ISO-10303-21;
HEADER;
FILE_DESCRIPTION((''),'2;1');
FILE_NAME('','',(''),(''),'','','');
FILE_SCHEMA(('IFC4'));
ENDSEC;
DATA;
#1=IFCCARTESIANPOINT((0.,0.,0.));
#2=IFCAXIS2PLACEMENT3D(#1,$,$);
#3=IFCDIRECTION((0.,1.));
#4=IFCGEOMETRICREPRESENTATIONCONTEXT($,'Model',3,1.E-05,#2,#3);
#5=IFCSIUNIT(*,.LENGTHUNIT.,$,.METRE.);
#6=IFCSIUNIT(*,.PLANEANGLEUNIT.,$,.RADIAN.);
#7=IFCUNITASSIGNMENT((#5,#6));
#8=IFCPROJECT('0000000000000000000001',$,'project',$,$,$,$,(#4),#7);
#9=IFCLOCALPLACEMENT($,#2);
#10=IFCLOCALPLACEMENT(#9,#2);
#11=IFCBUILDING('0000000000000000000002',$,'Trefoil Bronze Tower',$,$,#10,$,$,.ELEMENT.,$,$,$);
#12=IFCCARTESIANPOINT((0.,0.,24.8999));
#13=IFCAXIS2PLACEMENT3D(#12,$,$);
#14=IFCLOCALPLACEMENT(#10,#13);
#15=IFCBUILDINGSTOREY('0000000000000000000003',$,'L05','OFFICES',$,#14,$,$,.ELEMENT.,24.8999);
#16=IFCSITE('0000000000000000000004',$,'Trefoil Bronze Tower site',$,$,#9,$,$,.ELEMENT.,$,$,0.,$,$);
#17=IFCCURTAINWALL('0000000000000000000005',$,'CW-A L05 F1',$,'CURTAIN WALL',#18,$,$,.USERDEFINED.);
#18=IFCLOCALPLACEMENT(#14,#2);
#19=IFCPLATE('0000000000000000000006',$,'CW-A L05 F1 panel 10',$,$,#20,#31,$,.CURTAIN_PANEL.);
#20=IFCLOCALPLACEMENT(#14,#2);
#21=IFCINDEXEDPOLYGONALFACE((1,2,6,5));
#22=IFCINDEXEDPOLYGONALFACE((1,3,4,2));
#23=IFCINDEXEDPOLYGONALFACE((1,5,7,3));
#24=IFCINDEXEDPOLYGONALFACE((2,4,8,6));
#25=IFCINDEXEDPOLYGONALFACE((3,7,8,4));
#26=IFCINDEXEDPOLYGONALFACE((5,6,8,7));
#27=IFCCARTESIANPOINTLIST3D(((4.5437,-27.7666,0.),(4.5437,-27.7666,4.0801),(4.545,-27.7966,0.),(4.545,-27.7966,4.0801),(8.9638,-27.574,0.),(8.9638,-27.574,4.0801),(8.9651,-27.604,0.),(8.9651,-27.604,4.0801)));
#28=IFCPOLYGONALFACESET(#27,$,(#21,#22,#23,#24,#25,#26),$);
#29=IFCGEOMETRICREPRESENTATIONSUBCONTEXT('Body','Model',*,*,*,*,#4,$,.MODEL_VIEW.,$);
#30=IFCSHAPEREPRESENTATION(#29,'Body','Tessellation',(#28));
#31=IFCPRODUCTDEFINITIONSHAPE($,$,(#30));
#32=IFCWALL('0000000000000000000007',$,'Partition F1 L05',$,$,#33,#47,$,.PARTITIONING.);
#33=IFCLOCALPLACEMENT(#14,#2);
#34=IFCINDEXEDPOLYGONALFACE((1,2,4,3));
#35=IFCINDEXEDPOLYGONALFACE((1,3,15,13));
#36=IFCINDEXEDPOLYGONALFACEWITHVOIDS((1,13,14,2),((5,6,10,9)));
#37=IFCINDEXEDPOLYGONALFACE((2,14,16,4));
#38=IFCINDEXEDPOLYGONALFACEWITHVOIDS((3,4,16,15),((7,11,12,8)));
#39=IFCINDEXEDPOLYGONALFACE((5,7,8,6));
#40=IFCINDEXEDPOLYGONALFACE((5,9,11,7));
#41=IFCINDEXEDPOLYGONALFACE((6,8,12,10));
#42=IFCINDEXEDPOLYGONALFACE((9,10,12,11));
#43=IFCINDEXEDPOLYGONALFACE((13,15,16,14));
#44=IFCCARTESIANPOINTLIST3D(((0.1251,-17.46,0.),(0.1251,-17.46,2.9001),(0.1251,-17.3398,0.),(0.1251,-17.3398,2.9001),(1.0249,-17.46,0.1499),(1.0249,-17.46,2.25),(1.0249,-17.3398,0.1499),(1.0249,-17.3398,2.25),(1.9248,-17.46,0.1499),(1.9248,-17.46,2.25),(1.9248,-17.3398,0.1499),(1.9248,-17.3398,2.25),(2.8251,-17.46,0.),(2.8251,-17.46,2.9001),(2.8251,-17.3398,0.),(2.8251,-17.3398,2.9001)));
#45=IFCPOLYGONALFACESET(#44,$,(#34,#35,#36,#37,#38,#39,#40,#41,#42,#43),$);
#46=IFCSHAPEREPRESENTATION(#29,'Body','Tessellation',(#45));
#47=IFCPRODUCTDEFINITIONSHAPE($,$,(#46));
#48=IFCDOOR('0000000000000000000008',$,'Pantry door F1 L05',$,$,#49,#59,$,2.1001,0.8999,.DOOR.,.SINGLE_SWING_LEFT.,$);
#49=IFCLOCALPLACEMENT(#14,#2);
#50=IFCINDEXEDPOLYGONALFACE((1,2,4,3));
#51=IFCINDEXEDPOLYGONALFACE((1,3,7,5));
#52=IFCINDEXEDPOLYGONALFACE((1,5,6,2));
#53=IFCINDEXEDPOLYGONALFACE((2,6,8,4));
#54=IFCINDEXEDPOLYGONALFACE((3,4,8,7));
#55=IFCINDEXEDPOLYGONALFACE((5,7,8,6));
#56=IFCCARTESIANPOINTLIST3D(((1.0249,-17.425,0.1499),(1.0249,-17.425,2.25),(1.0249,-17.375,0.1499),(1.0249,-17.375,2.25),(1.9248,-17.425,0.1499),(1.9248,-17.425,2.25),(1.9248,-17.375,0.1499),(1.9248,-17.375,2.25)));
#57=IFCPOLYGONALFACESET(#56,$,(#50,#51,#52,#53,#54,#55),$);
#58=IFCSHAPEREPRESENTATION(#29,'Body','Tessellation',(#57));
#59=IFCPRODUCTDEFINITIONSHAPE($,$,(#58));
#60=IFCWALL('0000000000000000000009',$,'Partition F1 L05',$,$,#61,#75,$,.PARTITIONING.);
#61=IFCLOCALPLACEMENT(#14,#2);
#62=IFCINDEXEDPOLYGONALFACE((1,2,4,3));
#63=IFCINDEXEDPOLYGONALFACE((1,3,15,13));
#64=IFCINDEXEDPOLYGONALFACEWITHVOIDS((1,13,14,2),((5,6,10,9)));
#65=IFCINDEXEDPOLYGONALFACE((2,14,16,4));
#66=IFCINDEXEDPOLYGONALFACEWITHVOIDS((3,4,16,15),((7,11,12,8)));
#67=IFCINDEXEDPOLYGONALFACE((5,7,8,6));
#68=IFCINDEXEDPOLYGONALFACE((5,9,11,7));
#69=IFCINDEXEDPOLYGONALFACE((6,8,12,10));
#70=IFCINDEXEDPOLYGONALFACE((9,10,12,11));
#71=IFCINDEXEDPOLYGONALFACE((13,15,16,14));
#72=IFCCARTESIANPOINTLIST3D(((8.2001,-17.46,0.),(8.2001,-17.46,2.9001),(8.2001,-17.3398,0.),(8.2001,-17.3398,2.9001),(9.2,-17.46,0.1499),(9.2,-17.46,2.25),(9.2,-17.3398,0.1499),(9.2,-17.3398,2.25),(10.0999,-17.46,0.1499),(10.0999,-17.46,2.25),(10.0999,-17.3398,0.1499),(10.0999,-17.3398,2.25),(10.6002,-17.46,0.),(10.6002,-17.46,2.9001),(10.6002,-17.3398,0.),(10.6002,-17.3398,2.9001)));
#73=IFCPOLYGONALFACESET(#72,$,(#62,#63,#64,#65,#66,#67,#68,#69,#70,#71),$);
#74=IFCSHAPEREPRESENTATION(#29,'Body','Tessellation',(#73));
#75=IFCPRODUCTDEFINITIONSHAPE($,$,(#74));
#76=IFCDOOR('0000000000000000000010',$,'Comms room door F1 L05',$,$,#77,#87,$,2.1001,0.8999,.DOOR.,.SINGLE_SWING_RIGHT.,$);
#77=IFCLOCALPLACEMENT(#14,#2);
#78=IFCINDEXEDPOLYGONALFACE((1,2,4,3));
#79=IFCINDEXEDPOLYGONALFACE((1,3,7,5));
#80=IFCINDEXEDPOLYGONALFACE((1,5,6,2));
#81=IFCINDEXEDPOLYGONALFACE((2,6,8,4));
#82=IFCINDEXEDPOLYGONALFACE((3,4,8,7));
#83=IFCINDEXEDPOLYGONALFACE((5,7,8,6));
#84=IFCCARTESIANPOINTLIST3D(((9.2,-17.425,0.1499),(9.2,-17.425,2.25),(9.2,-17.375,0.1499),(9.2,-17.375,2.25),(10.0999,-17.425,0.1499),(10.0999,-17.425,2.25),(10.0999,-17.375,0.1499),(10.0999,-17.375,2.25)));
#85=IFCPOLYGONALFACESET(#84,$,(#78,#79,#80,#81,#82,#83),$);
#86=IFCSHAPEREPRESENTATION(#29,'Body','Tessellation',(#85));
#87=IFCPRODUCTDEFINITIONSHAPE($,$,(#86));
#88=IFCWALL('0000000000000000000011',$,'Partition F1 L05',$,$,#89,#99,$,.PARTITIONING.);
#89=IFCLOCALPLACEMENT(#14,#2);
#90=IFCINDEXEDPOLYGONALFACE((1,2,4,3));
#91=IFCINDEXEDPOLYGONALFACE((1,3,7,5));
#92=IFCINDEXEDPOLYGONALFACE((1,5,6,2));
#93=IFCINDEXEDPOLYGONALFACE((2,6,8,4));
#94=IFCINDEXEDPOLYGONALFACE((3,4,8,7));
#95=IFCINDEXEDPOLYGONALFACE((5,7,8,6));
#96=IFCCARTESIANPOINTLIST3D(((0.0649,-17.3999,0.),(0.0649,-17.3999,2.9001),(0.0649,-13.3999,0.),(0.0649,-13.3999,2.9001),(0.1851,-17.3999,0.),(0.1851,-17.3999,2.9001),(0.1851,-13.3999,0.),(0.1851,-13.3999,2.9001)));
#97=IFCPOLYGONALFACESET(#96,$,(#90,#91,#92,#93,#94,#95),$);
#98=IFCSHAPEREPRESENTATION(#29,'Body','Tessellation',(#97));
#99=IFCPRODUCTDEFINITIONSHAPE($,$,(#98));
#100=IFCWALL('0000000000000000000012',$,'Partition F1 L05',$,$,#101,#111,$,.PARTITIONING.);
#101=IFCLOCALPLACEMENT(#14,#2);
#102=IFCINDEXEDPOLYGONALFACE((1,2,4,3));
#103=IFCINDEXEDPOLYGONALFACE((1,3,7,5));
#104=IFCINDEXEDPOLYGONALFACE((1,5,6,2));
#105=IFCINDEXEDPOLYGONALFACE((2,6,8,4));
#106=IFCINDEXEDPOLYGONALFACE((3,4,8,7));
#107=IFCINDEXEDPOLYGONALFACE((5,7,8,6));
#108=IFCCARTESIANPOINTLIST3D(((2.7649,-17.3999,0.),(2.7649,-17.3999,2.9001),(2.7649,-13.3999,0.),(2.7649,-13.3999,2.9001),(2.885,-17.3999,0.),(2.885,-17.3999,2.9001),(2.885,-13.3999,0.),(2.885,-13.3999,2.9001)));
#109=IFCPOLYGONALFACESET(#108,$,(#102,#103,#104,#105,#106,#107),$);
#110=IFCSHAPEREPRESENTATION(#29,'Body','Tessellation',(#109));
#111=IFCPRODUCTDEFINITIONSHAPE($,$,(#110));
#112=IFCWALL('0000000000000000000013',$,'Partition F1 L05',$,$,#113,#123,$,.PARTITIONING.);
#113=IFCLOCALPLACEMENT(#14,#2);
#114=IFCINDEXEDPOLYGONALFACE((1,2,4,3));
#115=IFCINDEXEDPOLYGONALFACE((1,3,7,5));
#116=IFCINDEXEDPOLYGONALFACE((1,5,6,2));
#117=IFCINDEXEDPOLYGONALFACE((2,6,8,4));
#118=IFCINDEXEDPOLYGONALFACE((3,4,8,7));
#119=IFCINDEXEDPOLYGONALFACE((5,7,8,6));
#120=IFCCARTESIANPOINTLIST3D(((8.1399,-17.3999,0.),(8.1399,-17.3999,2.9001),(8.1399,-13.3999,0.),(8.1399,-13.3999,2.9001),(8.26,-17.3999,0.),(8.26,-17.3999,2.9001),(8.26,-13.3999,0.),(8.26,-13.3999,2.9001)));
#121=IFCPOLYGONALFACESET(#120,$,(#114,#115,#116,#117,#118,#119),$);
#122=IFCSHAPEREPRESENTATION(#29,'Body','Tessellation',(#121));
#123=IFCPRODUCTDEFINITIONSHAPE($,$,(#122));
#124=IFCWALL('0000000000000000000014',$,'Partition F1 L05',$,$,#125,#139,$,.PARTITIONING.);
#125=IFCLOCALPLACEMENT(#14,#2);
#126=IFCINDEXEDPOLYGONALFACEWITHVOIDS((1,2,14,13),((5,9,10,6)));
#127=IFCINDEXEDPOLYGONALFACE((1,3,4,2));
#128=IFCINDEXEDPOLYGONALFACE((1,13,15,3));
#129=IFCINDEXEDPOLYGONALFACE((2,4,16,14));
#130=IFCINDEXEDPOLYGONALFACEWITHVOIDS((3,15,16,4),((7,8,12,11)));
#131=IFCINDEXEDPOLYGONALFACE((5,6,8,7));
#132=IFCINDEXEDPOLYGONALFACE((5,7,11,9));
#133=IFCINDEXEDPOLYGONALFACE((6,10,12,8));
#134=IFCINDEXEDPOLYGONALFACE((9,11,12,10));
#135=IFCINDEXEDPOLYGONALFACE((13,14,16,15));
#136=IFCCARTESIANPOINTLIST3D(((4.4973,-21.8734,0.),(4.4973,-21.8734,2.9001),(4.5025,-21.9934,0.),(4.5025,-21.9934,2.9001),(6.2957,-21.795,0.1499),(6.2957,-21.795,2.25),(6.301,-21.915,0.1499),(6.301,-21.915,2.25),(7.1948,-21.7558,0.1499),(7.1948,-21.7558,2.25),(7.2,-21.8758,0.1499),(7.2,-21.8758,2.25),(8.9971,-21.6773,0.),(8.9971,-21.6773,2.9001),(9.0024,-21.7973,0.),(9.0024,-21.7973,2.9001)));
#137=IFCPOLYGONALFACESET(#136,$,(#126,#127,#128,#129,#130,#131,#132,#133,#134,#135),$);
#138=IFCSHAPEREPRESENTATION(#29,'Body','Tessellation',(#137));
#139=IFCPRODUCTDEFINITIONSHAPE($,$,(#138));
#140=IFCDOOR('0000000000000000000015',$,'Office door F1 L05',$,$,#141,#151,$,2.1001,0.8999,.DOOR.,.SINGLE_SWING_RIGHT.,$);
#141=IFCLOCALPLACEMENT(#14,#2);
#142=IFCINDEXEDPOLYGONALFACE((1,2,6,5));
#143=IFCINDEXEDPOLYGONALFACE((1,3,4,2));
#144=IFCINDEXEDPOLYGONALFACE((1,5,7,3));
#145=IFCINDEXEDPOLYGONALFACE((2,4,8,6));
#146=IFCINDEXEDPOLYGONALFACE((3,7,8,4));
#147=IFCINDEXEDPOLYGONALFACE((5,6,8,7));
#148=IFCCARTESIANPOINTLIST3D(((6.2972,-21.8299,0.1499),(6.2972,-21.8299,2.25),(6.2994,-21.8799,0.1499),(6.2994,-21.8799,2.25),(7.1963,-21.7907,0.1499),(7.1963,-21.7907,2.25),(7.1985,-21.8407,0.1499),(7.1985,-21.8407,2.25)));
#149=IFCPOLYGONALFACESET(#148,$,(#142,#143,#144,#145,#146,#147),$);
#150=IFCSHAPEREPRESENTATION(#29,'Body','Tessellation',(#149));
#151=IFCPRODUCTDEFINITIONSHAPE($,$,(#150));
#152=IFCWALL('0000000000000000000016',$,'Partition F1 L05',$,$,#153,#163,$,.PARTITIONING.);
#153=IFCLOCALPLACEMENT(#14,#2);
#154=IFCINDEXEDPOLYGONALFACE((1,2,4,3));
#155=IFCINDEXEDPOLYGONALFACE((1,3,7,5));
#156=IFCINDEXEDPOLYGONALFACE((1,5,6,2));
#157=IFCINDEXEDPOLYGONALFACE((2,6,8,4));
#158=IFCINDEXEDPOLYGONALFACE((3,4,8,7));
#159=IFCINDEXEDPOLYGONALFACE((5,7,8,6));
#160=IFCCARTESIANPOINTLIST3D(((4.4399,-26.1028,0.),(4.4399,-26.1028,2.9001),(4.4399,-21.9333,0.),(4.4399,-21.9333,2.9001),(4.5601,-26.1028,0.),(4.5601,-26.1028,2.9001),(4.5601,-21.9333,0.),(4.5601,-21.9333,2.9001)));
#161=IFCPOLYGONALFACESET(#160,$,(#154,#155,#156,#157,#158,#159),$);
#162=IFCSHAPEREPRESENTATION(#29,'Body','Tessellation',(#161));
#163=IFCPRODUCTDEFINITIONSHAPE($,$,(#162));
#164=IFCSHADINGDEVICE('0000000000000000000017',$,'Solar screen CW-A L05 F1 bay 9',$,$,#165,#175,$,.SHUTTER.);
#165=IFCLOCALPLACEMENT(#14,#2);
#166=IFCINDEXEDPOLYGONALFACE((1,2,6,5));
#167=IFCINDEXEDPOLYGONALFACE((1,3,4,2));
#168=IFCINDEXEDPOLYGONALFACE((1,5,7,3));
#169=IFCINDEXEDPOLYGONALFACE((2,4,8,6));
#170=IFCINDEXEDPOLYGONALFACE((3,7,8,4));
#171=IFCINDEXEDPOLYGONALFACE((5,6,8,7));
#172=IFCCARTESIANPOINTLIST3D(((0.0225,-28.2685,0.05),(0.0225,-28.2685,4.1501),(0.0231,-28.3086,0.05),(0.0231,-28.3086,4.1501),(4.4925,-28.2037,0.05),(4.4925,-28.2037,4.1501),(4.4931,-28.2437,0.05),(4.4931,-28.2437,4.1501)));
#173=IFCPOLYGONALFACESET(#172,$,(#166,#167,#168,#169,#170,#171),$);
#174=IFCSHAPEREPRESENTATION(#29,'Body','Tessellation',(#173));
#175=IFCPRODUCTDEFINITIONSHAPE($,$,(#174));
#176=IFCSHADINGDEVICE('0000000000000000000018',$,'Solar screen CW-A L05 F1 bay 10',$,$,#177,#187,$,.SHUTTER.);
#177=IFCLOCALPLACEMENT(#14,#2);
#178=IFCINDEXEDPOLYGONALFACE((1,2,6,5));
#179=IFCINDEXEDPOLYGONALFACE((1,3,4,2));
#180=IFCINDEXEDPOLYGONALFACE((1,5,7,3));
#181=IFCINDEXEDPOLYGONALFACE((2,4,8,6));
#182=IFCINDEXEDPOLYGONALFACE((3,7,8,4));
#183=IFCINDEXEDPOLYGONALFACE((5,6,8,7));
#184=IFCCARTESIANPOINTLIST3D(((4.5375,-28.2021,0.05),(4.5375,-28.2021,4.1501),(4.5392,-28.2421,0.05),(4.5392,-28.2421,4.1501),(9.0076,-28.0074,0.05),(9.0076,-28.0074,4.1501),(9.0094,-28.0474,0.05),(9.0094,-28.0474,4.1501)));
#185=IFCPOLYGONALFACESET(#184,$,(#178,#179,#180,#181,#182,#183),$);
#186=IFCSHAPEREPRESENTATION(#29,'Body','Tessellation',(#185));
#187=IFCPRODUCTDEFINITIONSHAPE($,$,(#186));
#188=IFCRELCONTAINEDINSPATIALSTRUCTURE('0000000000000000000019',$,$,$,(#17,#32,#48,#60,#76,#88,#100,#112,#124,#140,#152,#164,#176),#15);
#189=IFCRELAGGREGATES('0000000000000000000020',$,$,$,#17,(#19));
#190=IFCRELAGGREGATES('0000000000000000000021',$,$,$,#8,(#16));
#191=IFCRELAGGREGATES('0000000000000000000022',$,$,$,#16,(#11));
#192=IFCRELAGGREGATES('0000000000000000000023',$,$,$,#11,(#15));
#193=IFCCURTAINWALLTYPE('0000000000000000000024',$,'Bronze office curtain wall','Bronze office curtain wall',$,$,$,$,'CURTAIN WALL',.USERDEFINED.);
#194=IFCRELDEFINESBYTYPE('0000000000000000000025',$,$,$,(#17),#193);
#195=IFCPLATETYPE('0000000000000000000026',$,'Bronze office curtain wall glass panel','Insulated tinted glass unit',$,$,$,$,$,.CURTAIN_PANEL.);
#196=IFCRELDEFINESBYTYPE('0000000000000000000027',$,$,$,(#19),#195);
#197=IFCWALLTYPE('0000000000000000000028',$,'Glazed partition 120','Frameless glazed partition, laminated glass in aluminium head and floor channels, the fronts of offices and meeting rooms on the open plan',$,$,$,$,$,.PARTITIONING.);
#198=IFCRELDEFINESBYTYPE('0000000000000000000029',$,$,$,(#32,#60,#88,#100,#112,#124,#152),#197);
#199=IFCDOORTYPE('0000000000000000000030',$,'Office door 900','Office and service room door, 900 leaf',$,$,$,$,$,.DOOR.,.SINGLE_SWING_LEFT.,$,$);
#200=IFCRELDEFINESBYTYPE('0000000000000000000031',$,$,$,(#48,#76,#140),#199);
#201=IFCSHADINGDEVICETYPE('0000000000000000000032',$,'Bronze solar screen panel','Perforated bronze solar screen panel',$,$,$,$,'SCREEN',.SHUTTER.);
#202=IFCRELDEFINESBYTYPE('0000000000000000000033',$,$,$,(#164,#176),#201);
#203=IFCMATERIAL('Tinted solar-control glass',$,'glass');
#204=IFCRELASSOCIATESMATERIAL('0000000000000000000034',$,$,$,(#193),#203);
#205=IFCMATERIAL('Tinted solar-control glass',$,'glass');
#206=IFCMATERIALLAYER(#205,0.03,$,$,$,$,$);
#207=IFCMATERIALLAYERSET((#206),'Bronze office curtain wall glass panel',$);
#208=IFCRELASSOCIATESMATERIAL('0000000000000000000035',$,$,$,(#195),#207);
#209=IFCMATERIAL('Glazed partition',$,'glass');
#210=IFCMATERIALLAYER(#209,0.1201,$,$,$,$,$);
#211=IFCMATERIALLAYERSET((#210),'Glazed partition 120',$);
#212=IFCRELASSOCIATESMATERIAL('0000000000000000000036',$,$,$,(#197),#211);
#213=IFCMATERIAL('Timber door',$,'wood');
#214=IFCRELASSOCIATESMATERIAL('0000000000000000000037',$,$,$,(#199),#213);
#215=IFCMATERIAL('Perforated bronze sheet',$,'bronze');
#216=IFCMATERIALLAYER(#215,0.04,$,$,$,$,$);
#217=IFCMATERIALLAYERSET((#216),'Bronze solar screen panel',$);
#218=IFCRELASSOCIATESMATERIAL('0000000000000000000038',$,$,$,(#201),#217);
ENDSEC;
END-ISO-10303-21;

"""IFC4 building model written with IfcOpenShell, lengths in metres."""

from ifc_helpers import new_model, si_unit, direction, frame, frame_2d, origin, origin_2d, place, context, subcontext, project, spatial, rectangle, extrude, material, layer, layer_set, type_object, element, fill, aggregate, save


model = new_model("IFC4")

# Units and contexts
model_context = context("Model", 3, precision=1e-05, world=origin(), true_north=direction((0.0, 1.0)))
body_context = subcontext(model_context, "Body", "Model", "MODEL_VIEW")
ifc_project = project(units=[si_unit("LENGTHUNIT", "METRE"), si_unit("PLANEANGLEUNIT", "RADIAN")], contexts=[model_context])

# Site, building, storey
site_placement = place(None, origin())
site = spatial("IfcSite", under=ifc_project, at=site_placement, Name="Trefoil Bronze Tower site", CompositionType="ELEMENT", RefElevation=0.0)
building_placement = place(site_placement, origin())
building = spatial("IfcBuilding", under=site, at=building_placement, Name="Trefoil Bronze Tower", CompositionType="ELEMENT")
storey_placement = place(building_placement, frame((0.0, 0.0, 24.8999)))
storey = spatial("IfcBuildingStorey", under=building, at=storey_placement, Name="L05", Description="OFFICES", CompositionType="ELEMENT", Elevation=24.8999)

# Curtain wall
ifc_material_1 = material(Name="Tinted solar-control glass", Category="glass")
curtain_wall_type = type_object("IfcCurtainWallType", Name="Bronze office curtain wall", Description="Bronze office curtain wall", ElementType="CURTAIN WALL", PredefinedType="USERDEFINED", material=ifc_material_1)
curtain_wall_placement = place(storey_placement, origin())
curtain_wall = element("IfcCurtainWall", 1, at=curtain_wall_placement, inside=storey, type_object=curtain_wall_type, Name="CW-A L05 F1", ObjectType="CURTAIN WALL", PredefinedType="USERDEFINED")

# Plate
ifc_material_2 = material(Name="Tinted solar-control glass", Category="glass")
ifc_layer_1 = layer(ifc_material_2, 0.03)
ifc_layer_set_1 = layer_set([ifc_layer_1], Name="Bronze office curtain wall glass panel")
plate_type = type_object("IfcPlateType", Name="Bronze office curtain wall glass panel", Description="Insulated tinted glass unit", PredefinedType="CURTAIN_PANEL", material=ifc_layer_set_1)
plate_1_placement = place(storey_placement, frame((6.7544, -27.6853, 0.0), z_axis=(0.0, 0.0, 1.0), x_axis=(0.999052, 0.043528, 0.0)))
plate_1 = element("IfcPlate", 2, at=plate_1_placement, type_object=plate_type, Name="CW-A L05 F1 panel 10", PredefinedType="CURTAIN_PANEL", context=body_context, shape_type="SweptSolid", body=[
    extrude(rectangle(XDim=4.4243, YDim=0.03, at=origin_2d()), origin(), (0.0, 0.0, 1.0), 4.0801),
])
aggregate(curtain_wall, [plate_1])

# Walls, openings, doors
ifc_material_3 = material(Name="Glazed partition", Category="glass")
ifc_layer_2 = layer(ifc_material_3, 0.1201)
ifc_layer_set_2 = layer_set([ifc_layer_2], Name="Glazed partition 120")
wall_type = type_object("IfcWallType", Name="Glazed partition 120", Description="Frameless glazed partition, laminated glass in aluminium head and floor channels, the fronts of offices and meeting rooms on the open plan", PredefinedType="PARTITIONING", material=ifc_layer_set_2)
wall_1_placement = place(storey_placement, frame((0.125, -17.3999, 0.0), z_axis=(0.0, 0.0, 1.0), x_axis=(1.0, 0.0, 0.0)))
wall_1 = element("IfcWall", 3, at=wall_1_placement, inside=storey, type_object=wall_type, Name="Partition F1 L05", PredefinedType="PARTITIONING", context=body_context, shape_type="SweptSolid", body=[
    extrude(rectangle(XDim=2.7, YDim=0.1201, at=frame_2d((1.3501, 0.0))), origin(), (0.0, 0.0, 1.0), 2.9001),
])
opening_1_placement = place(wall_1_placement, frame((0.8999, 0.0, 0.1499)))
opening_1 = element("IfcOpeningElement", 4, at=opening_1_placement, cuts=wall_1, PredefinedType="OPENING", context=body_context, shape_type="SweptSolid", body=[
    extrude(rectangle(XDim=0.8999, YDim=2.1001, at=frame_2d((0.45, 1.05))), frame((0.0, 0.0701, 0.0), z_axis=(0.0, -1.0, 0.0), x_axis=(1.0, 0.0, 0.0)), (0.0, 0.0, 1.0), 0.1401),
])
ifc_material_4 = material(Name="Timber door", Category="wood")
door_type = type_object("IfcDoorType", Name="Office door 900", Description="Office and service room door, 900 leaf", OperationType="SINGLE_SWING_LEFT", PredefinedType="DOOR", material=ifc_material_4)
door_1_placement = place(opening_1_placement, origin())
door_1 = element("IfcDoor", 5, at=door_1_placement, inside=storey, type_object=door_type, Name="Pantry door F1 L05", OperationType="SINGLE_SWING_LEFT", OverallHeight=2.1001, OverallWidth=0.8999, PredefinedType="DOOR", context=body_context, shape_type="SweptSolid", body=[
    extrude(rectangle(XDim=0.8999, YDim=2.1001, at=frame_2d((0.45, 1.05))), frame((0.0, 0.0249, 0.0), z_axis=(0.0, -1.0, 0.0), x_axis=(1.0, 0.0, 0.0)), (0.0, 0.0, 1.0), 0.05),
])
fill(opening_1, door_1)
wall_2_placement = place(storey_placement, frame((8.2, -17.3999, 0.0), z_axis=(0.0, 0.0, 1.0), x_axis=(1.0, 0.0, 0.0)))
wall_2 = element("IfcWall", 6, at=wall_2_placement, inside=storey, type_object=wall_type, Name="Partition F1 L05", PredefinedType="PARTITIONING", context=body_context, shape_type="SweptSolid", body=[
    extrude(rectangle(XDim=2.4001, YDim=0.1201, at=frame_2d((1.2002, 0.0))), origin(), (0.0, 0.0, 1.0), 2.9001),
])
opening_2_placement = place(wall_2_placement, frame((1.0, 0.0, 0.1499)))
opening_2 = element("IfcOpeningElement", 7, at=opening_2_placement, cuts=wall_2, PredefinedType="OPENING", context=body_context, shape_type="SweptSolid", body=[
    extrude(rectangle(XDim=0.8999, YDim=2.1001, at=frame_2d((0.45, 1.05))), frame((0.0, 0.0701, 0.0), z_axis=(0.0, -1.0, 0.0), x_axis=(1.0, 0.0, 0.0)), (0.0, 0.0, 1.0), 0.1401),
])
door_2_placement = place(opening_2_placement, origin())
door_2 = element("IfcDoor", 8, at=door_2_placement, inside=storey, type_object=door_type, Name="Comms room door F1 L05", OperationType="SINGLE_SWING_RIGHT", OverallHeight=2.1001, OverallWidth=0.8999, PredefinedType="DOOR", context=body_context, shape_type="SweptSolid", body=[
    extrude(rectangle(XDim=0.8999, YDim=2.1001, at=frame_2d((0.45, 1.05))), frame((0.0, 0.0249, 0.0), z_axis=(0.0, -1.0, 0.0), x_axis=(1.0, 0.0, 0.0)), (0.0, 0.0, 1.0), 0.05),
])
fill(opening_2, door_2)

# Walls
for number, where, z_axis, x_axis, name in (
    (9, (0.125, -13.3999, 0.0), (0.0, 0.0, 1.0), (0.0, -1.0, 0.0), "Partition F1 L05"),
    (10, (2.825, -13.3999, 0.0), (0.0, 0.0, 1.0), (0.0, -1.0, 0.0), "Partition F1 L05"),
    (11, (8.2, -13.3999, 0.0), (0.0, 0.0, 1.0), (0.0, -1.0, 0.0), "Partition F1 L05"),
):
    element("IfcWall", number, at=place(storey_placement, frame(where, z_axis=z_axis, x_axis=x_axis)), inside=storey, type_object=wall_type, Name=name, PredefinedType="PARTITIONING", context=body_context, shape_type="SweptSolid", body=[
        extrude(rectangle(XDim=4.0, YDim=0.1201, at=frame_2d((2.0, 0.0))), origin(), (0.0, 0.0, 1.0), 2.9001),
    ])

# Wall, opening, door
wall_3_placement = place(storey_placement, frame((4.5, -21.9333, 0.0), z_axis=(0.0, 0.0, 1.0), x_axis=(0.999052, 0.043524, 0.0)))
wall_3 = element("IfcWall", 12, at=wall_3_placement, inside=storey, type_object=wall_type, Name="Partition F1 L05", PredefinedType="PARTITIONING", context=body_context, shape_type="SweptSolid", body=[
    extrude(rectangle(XDim=4.5042, YDim=0.1201, at=frame_2d((2.252, 0.0))), origin(), (0.0, 0.0, 1.0), 2.9001),
])
opening_3_placement = place(wall_3_placement, frame((1.8, 0.0, 0.1499)))
opening_3 = element("IfcOpeningElement", 13, at=opening_3_placement, cuts=wall_3, PredefinedType="OPENING", context=body_context, shape_type="SweptSolid", body=[
    extrude(rectangle(XDim=0.8999, YDim=2.1001, at=frame_2d((0.45, 1.05))), frame((0.0, 0.0701, 0.0), z_axis=(0.0, -1.0, 0.0), x_axis=(1.0, 0.0, 0.0)), (0.0, 0.0, 1.0), 0.1401),
])
door_3_placement = place(opening_3_placement, frame((0.8999, 0.0, 0.0), z_axis=(0.0, 0.0, 1.0), x_axis=(-1.0, 0.0, 0.0)))
door_3 = element("IfcDoor", 14, at=door_3_placement, inside=storey, type_object=door_type, Name="Office door F1 L05", OperationType="SINGLE_SWING_RIGHT", OverallHeight=2.1001, OverallWidth=0.8999, PredefinedType="DOOR", context=body_context, shape_type="SweptSolid", body=[
    extrude(rectangle(XDim=0.8999, YDim=2.1001, at=frame_2d((0.45, 1.05))), frame((0.0, 0.0249, 0.0), z_axis=(0.0, -1.0, 0.0), x_axis=(1.0, 0.0, 0.0)), (0.0, 0.0, 1.0), 0.05),
])
fill(opening_3, door_3)

# Wall
wall_4_placement = place(storey_placement, frame((4.5, -21.9333, 0.0), z_axis=(0.0, 0.0, 1.0), x_axis=(0.0, -1.0, 0.0)))
element("IfcWall", 15, at=wall_4_placement, inside=storey, type_object=wall_type, Name="Partition F1 L05", PredefinedType="PARTITIONING", context=body_context, shape_type="SweptSolid", body=[
    extrude(rectangle(XDim=4.1694, YDim=0.1201, at=frame_2d((2.0847, 0.0))), origin(), (0.0, 0.0, 1.0), 2.9001),
])

# Shading devices
ifc_material_5 = material(Name="Perforated bronze sheet", Category="bronze")
ifc_layer_3 = layer(ifc_material_5, 0.04)
ifc_layer_set_3 = layer_set([ifc_layer_3], Name="Bronze solar screen panel")
shading_device_type = type_object("IfcShadingDeviceType", Name="Bronze solar screen panel", Description="Perforated bronze solar screen panel", ElementType="SCREEN", PredefinedType="SHUTTER", material=ifc_layer_set_3)
shading_device_1_placement = place(storey_placement, frame((2.2578, -28.2561, 0.05), z_axis=(0.0, 0.0, 1.0), x_axis=(0.999895, 0.014509, 0.0)))
element("IfcShadingDevice", 16, at=shading_device_1_placement, inside=storey, type_object=shading_device_type, Name="Solar screen CW-A L05 F1 bay 9", PredefinedType="SHUTTER", context=body_context, shape_type="SweptSolid", body=[
    extrude(rectangle(XDim=4.4705, YDim=0.04, at=origin_2d()), origin(), (0.0, 0.0, 1.0), 4.1001),
])
shading_device_2_placement = place(storey_placement, frame((6.7734, -28.1248, 0.05), z_axis=(0.0, 0.0, 1.0), x_axis=(0.999052, 0.043528, 0.0)))
element("IfcShadingDevice", 17, at=shading_device_2_placement, inside=storey, type_object=shading_device_type, Name="Solar screen CW-A L05 F1 bay 10", PredefinedType="SHUTTER", context=body_context, shape_type="SweptSolid", body=[
    extrude(rectangle(XDim=4.4744, YDim=0.04, at=origin_2d()), origin(), (0.0, 0.0, 1.0), 4.1001),
])

save(model, "model.ifc")
